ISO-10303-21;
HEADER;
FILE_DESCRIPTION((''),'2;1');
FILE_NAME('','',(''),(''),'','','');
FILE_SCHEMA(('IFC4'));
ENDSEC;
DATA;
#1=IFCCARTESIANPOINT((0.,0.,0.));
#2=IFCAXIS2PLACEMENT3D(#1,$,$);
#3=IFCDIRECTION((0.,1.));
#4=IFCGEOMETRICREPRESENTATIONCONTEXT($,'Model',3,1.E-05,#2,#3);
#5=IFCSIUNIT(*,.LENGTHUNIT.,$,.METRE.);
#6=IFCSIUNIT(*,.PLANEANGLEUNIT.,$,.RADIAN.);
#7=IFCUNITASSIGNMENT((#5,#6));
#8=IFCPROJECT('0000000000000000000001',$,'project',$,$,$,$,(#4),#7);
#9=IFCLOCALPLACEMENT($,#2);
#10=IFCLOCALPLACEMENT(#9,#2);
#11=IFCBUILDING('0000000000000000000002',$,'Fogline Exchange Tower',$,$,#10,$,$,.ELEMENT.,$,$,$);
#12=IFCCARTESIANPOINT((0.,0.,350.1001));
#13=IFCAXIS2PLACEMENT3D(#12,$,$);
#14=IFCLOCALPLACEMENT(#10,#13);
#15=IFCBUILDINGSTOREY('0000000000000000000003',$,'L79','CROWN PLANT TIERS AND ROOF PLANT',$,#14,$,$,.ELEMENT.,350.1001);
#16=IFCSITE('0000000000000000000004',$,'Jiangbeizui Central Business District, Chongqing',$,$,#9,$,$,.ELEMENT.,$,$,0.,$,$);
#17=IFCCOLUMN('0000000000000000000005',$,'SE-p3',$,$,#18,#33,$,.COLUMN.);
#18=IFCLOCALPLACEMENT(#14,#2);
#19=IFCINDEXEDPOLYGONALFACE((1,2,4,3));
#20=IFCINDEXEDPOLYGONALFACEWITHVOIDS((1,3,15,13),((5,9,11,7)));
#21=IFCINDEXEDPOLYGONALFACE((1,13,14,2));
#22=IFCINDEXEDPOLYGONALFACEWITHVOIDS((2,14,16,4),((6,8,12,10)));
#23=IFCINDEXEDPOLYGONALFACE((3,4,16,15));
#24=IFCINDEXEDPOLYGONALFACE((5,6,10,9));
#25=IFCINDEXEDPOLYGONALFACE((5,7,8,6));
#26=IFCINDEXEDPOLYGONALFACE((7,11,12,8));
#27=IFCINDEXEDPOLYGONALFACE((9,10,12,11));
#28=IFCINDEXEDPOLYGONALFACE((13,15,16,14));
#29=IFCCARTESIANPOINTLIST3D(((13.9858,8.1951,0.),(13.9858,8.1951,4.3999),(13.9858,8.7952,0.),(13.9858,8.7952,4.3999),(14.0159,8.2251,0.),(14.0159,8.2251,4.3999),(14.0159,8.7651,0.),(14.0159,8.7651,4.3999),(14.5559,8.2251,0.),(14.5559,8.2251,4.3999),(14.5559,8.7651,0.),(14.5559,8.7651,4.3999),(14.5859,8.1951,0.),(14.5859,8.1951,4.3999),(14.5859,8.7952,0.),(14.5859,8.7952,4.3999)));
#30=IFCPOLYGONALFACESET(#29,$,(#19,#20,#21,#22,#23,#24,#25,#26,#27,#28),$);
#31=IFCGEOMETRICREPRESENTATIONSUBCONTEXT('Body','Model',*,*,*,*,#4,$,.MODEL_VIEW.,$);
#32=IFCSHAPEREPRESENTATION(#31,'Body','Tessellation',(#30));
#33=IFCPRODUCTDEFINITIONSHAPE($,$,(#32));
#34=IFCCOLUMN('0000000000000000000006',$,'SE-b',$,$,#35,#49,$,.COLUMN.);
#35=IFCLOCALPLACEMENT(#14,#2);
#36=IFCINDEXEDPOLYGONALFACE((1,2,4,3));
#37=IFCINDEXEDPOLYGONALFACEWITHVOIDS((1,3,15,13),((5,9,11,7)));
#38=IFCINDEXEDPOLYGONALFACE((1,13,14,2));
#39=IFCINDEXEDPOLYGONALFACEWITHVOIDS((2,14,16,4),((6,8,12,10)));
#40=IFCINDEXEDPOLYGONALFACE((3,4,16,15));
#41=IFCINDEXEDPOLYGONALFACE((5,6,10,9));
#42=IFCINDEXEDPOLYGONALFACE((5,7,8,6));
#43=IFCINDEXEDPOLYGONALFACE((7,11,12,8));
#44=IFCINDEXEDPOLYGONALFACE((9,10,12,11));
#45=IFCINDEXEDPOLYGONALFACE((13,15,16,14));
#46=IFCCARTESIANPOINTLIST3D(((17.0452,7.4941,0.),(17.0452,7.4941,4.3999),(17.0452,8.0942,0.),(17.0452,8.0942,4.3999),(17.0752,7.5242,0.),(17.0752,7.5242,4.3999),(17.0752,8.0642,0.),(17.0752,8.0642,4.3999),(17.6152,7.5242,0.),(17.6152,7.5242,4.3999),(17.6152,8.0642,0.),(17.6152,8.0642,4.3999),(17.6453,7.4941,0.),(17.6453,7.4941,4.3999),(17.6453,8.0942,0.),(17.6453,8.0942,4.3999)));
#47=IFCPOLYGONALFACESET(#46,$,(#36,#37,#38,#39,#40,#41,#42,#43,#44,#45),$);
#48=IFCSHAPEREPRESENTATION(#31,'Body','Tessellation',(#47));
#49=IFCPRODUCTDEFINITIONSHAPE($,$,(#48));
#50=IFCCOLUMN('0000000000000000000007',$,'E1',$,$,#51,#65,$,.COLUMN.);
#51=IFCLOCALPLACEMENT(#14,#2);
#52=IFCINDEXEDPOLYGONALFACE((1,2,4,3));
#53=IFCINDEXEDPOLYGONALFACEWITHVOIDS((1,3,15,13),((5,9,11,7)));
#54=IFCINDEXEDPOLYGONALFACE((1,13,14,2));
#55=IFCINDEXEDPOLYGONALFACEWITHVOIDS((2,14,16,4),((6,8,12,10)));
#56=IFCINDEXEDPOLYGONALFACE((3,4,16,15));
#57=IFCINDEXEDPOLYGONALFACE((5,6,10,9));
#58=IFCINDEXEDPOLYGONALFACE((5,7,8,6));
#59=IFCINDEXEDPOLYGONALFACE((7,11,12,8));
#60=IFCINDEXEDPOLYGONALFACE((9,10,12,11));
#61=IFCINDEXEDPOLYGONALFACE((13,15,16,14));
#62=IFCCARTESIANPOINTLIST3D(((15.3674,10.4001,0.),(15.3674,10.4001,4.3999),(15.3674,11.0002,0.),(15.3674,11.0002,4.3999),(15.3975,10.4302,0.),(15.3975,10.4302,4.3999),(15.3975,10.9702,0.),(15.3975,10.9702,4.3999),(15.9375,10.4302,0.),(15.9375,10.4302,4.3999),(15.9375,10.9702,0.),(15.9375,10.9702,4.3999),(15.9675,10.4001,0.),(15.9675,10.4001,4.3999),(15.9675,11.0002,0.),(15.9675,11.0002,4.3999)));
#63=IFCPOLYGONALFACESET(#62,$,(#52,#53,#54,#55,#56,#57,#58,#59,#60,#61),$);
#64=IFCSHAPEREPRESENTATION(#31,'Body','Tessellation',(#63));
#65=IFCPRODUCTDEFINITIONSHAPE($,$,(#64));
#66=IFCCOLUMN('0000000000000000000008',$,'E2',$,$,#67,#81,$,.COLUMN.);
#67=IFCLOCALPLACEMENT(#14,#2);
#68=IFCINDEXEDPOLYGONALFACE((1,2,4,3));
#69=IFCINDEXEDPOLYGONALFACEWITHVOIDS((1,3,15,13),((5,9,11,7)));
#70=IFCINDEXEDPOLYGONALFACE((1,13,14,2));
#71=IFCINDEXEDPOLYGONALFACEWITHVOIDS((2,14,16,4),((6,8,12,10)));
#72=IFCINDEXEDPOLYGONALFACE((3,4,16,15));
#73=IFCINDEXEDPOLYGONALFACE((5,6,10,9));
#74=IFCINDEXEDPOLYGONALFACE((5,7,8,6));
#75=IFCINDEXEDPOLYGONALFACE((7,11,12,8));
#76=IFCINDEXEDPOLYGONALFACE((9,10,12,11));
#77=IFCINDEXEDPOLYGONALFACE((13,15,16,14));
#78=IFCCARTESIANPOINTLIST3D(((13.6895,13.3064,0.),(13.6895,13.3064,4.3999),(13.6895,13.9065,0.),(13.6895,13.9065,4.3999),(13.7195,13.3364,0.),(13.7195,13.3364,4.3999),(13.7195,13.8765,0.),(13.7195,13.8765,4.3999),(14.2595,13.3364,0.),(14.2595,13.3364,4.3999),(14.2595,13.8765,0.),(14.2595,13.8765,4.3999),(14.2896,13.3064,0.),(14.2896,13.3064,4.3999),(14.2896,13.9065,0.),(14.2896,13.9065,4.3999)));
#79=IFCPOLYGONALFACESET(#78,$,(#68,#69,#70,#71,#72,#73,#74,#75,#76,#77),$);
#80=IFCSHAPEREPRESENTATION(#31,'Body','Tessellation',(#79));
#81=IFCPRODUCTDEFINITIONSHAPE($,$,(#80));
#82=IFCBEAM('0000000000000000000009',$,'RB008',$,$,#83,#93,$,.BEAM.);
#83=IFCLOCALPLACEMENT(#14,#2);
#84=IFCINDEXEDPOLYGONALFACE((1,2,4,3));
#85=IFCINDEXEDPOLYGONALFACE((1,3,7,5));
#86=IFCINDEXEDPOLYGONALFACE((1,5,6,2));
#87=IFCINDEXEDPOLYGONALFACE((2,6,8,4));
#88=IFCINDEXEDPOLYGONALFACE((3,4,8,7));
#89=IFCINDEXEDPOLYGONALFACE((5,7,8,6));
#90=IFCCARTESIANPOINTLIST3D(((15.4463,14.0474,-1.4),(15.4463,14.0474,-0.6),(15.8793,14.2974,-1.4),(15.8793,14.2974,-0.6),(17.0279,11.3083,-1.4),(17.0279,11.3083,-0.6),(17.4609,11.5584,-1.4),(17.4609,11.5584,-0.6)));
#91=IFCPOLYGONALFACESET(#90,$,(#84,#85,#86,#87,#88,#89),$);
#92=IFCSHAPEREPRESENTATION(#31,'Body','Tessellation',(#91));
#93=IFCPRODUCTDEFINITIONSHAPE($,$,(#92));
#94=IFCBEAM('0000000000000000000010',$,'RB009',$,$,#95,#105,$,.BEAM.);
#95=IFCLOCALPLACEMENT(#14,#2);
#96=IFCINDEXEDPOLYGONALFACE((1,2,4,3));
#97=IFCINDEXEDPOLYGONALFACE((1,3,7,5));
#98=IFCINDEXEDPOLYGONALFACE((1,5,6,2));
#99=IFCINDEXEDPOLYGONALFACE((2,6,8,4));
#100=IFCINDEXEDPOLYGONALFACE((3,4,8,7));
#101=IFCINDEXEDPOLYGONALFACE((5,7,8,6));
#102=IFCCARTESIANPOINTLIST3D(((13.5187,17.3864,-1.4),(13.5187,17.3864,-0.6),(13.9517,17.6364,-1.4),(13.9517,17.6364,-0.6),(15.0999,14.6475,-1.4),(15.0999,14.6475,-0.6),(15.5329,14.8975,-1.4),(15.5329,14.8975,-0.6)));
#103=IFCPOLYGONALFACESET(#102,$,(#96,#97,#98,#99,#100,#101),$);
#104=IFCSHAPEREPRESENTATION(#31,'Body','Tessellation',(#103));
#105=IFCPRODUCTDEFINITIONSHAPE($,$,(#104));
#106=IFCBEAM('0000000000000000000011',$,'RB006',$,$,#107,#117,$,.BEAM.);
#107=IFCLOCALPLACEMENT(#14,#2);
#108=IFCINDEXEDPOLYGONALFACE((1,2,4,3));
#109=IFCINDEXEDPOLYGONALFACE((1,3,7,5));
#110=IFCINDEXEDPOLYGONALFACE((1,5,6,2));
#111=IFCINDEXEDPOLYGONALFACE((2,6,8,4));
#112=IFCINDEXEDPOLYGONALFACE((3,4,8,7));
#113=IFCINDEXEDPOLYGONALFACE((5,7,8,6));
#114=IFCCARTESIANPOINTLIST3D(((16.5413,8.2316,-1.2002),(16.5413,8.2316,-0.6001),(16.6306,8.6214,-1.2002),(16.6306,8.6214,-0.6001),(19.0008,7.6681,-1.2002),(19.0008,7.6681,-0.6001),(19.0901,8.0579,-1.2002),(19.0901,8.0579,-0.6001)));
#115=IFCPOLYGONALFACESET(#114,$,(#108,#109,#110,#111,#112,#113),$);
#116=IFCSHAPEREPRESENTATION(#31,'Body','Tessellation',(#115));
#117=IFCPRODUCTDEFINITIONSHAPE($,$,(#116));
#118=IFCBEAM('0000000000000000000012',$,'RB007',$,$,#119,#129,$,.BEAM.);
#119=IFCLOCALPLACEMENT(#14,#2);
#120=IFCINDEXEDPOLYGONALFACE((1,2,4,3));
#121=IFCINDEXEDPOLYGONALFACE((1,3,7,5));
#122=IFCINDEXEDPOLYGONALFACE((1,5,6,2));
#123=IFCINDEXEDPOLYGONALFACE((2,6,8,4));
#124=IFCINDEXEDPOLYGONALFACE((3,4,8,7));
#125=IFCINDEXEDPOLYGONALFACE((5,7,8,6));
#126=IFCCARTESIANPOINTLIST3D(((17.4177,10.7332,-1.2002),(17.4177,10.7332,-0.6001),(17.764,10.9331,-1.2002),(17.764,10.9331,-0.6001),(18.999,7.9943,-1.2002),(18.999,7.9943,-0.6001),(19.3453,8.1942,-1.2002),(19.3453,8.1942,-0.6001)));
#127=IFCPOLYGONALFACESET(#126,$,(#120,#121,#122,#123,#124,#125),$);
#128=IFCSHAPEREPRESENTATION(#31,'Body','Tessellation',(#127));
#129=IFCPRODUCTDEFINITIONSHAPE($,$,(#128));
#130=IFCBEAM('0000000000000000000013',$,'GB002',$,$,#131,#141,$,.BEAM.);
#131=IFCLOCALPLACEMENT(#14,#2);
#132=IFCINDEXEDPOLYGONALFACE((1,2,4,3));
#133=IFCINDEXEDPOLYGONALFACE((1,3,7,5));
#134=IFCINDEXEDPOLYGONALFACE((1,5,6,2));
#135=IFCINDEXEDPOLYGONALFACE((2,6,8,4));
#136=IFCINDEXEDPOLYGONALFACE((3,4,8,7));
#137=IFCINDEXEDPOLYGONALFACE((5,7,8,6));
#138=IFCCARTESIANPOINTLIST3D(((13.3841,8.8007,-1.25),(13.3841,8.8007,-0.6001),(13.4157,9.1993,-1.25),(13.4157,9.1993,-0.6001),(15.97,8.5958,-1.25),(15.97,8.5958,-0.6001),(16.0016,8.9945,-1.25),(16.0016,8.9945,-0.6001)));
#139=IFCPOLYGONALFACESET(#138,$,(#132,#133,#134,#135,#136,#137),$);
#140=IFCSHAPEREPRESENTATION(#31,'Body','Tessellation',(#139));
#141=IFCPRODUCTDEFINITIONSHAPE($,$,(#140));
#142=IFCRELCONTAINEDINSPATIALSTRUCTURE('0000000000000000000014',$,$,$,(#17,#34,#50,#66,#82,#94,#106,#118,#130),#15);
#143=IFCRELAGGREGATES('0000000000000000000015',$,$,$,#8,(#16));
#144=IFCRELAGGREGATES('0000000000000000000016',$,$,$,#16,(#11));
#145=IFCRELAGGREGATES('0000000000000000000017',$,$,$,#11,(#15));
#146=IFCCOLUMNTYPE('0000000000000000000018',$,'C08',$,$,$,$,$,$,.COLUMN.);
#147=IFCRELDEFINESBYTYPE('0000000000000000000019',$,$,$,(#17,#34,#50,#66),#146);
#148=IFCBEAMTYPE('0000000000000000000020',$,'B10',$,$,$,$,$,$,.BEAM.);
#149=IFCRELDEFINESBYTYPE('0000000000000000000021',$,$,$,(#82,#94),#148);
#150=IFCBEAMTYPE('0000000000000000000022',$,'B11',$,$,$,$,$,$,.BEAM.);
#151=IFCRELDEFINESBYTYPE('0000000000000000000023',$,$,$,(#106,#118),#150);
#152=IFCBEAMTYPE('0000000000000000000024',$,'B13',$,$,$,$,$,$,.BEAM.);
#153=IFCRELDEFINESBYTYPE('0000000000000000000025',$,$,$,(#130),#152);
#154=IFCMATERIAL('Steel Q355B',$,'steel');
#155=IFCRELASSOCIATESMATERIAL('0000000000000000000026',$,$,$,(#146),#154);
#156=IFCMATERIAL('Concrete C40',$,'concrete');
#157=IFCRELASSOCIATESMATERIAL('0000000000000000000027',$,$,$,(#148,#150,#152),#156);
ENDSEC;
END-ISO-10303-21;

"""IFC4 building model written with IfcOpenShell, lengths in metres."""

from ifc_helpers import new_model, si_unit, direction, frame, origin, origin_2d, place, context, subcontext, project, spatial, rectangle, hollow_rectangle, extrude, material, material_profile, profile_set, type_object, element, save


model = new_model("IFC4")

# Units and contexts
model_context = context("Model", 3, precision=1e-05, world=origin(), true_north=direction((0.0, 1.0)))
body_context = subcontext(model_context, "Body", "Model", "MODEL_VIEW")
ifc_project = project(units=[si_unit("LENGTHUNIT", "METRE"), si_unit("PLANEANGLEUNIT", "RADIAN")], contexts=[model_context])

# Site, building, storey
site_placement = place(None, origin())
site = spatial("IfcSite", under=ifc_project, at=site_placement, Name="Jiangbeizui Central Business District, Chongqing", CompositionType="ELEMENT", RefElevation=0.0)
building_placement = place(site_placement, origin())
building = spatial("IfcBuilding", under=site, at=building_placement, Name="Fogline Exchange Tower", CompositionType="ELEMENT")
storey_placement = place(building_placement, frame((0.0, 0.0, 350.1001)))
storey = spatial("IfcBuildingStorey", under=building, at=storey_placement, Name="L79", Description="CROWN PLANT TIERS AND ROOF PLANT", CompositionType="ELEMENT", Elevation=350.1001)

# Columns
ifc_material_1 = material(Name="Steel Q355B", Category="steel")
ifc_material_profile_1 = material_profile(ifc_material_1, hollow_rectangle(XDim=0.6001, YDim=0.6001, WallThickness=0.03, at=origin_2d()), Name="BOX600X600X30")
ifc_profile_set_1 = profile_set([ifc_material_profile_1], Name="Steel Q355B")
column_type = type_object("IfcColumnType", Name="C08", PredefinedType="COLUMN", material=ifc_profile_set_1)
for number, where, z_axis, x_axis, name in (
    (1, (14.2859, 8.4951, 0.0), (0.0, 0.0, 1.0), (1.0, 0.0, 0.0), "SE-p3"),
    (2, (17.3452, 7.7942, 0.0), (0.0, 0.0, 1.0), (1.0, 0.0, 0.0), "SE-b"),
    (3, (15.6675, 10.7002, 0.0), (0.0, 0.0, 1.0), (1.0, 0.0, 0.0), "E1"),
    (4, (13.9895, 13.6064, 0.0), (0.0, 0.0, 1.0), (1.0, 0.0, 0.0), "E2"),
):
    element("IfcColumn", number, at=place(storey_placement, frame(where, z_axis=z_axis, x_axis=x_axis)), inside=storey, type_object=column_type, Name=name, PredefinedType="COLUMN", context=body_context, shape_type="SweptSolid", body=[
        extrude(hollow_rectangle(XDim=0.6001, YDim=0.6001, WallThickness=0.03, at=origin_2d()), origin(), (0.0, 0.0, 1.0), 4.3999),
    ])

# Beams
ifc_material_2 = material(Name="Concrete C40", Category="concrete")
ifc_material_profile_2 = material_profile(ifc_material_2, rectangle(XDim=0.5, YDim=0.8, at=origin_2d()), Name="RC 500x800")
ifc_profile_set_2 = profile_set([ifc_material_profile_2], Name="Concrete C40")
beam_type_1 = type_object("IfcBeamType", Name="B10", PredefinedType="BEAM", material=ifc_profile_set_2)
beam_1_placement = place(storey_placement, frame((17.2444, 11.4333, -1.0), z_axis=(-0.500041, 0.866002, 0.0), x_axis=(-0.866002, -0.500041, 0.0)))
element("IfcBeam", 5, at=beam_1_placement, inside=storey, type_object=beam_type_1, Name="RB008", PredefinedType="BEAM", context=body_context, shape_type="SweptSolid", body=[
    extrude(rectangle(XDim=0.5, YDim=0.8, at=origin_2d()), origin(), (0.0, 0.0, 1.0), 3.1628),
])
beam_2_placement = place(storey_placement, frame((15.3164, 14.7725, -1.0), z_axis=(-0.499983, 0.866035, 0.0), x_axis=(-0.866035, -0.499983, 0.0)))
element("IfcBeam", 6, at=beam_2_placement, inside=storey, type_object=beam_type_1, Name="RB009", PredefinedType="BEAM", context=body_context, shape_type="SweptSolid", body=[
    extrude(rectangle(XDim=0.5, YDim=0.8, at=origin_2d()), origin(), (0.0, 0.0, 1.0), 3.1626),
])
ifc_material_profile_3 = material_profile(ifc_material_2, rectangle(XDim=0.3999, YDim=0.6001, at=origin_2d()), Name="RC 400x600")
ifc_profile_set_3 = profile_set([ifc_material_profile_3], Name="Concrete C40")
beam_type_2 = type_object("IfcBeamType", Name="B11", PredefinedType="BEAM", material=ifc_profile_set_3)
beam_3_placement = place(storey_placement, frame((16.5859, 8.4265, -0.9001), z_axis=(0.974745, -0.223319, 0.0), x_axis=(0.223319, 0.974745, 0.0)))
element("IfcBeam", 7, at=beam_3_placement, inside=storey, type_object=beam_type_2, Name="RB006", PredefinedType="BEAM", context=body_context, shape_type="SweptSolid", body=[
    extrude(rectangle(XDim=0.3999, YDim=0.6001, at=origin_2d()), origin(), (0.0, 0.0, 1.0), 2.5232),
])
beam_4_placement = place(storey_placement, frame((19.1721, 8.0942, -0.9001), z_axis=(-0.499983, 0.866035, 0.0), x_axis=(-0.866035, -0.499983, 0.0)))
element("IfcBeam", 8, at=beam_4_placement, inside=storey, type_object=beam_type_2, Name="RB007", PredefinedType="BEAM", context=body_context, shape_type="SweptSolid", body=[
    extrude(rectangle(XDim=0.3999, YDim=0.6001, at=origin_2d()), origin(), (0.0, 0.0, 1.0), 3.1626),
])
ifc_material_profile_4 = material_profile(ifc_material_2, rectangle(XDim=0.3999, YDim=0.6499, at=origin_2d()), Name="RC 400x650")
ifc_profile_set_4 = profile_set([ifc_material_profile_4], Name="Concrete C40")
beam_type_3 = type_object("IfcBeamType", Name="B13", PredefinedType="BEAM", material=ifc_profile_set_4)
beam_5_placement = place(storey_placement, frame((13.3999, 9.0, -0.925), z_axis=(0.996878, -0.078963, 0.0), x_axis=(0.078963, 0.996878, 0.0)))
element("IfcBeam", 9, at=beam_5_placement, inside=storey, type_object=beam_type_3, Name="GB002", PredefinedType="BEAM", context=body_context, shape_type="SweptSolid", body=[
    extrude(rectangle(XDim=0.3999, YDim=0.6499, at=origin_2d()), origin(), (0.0, 0.0, 1.0), 2.594),
])

save(model, "model.ifc")
